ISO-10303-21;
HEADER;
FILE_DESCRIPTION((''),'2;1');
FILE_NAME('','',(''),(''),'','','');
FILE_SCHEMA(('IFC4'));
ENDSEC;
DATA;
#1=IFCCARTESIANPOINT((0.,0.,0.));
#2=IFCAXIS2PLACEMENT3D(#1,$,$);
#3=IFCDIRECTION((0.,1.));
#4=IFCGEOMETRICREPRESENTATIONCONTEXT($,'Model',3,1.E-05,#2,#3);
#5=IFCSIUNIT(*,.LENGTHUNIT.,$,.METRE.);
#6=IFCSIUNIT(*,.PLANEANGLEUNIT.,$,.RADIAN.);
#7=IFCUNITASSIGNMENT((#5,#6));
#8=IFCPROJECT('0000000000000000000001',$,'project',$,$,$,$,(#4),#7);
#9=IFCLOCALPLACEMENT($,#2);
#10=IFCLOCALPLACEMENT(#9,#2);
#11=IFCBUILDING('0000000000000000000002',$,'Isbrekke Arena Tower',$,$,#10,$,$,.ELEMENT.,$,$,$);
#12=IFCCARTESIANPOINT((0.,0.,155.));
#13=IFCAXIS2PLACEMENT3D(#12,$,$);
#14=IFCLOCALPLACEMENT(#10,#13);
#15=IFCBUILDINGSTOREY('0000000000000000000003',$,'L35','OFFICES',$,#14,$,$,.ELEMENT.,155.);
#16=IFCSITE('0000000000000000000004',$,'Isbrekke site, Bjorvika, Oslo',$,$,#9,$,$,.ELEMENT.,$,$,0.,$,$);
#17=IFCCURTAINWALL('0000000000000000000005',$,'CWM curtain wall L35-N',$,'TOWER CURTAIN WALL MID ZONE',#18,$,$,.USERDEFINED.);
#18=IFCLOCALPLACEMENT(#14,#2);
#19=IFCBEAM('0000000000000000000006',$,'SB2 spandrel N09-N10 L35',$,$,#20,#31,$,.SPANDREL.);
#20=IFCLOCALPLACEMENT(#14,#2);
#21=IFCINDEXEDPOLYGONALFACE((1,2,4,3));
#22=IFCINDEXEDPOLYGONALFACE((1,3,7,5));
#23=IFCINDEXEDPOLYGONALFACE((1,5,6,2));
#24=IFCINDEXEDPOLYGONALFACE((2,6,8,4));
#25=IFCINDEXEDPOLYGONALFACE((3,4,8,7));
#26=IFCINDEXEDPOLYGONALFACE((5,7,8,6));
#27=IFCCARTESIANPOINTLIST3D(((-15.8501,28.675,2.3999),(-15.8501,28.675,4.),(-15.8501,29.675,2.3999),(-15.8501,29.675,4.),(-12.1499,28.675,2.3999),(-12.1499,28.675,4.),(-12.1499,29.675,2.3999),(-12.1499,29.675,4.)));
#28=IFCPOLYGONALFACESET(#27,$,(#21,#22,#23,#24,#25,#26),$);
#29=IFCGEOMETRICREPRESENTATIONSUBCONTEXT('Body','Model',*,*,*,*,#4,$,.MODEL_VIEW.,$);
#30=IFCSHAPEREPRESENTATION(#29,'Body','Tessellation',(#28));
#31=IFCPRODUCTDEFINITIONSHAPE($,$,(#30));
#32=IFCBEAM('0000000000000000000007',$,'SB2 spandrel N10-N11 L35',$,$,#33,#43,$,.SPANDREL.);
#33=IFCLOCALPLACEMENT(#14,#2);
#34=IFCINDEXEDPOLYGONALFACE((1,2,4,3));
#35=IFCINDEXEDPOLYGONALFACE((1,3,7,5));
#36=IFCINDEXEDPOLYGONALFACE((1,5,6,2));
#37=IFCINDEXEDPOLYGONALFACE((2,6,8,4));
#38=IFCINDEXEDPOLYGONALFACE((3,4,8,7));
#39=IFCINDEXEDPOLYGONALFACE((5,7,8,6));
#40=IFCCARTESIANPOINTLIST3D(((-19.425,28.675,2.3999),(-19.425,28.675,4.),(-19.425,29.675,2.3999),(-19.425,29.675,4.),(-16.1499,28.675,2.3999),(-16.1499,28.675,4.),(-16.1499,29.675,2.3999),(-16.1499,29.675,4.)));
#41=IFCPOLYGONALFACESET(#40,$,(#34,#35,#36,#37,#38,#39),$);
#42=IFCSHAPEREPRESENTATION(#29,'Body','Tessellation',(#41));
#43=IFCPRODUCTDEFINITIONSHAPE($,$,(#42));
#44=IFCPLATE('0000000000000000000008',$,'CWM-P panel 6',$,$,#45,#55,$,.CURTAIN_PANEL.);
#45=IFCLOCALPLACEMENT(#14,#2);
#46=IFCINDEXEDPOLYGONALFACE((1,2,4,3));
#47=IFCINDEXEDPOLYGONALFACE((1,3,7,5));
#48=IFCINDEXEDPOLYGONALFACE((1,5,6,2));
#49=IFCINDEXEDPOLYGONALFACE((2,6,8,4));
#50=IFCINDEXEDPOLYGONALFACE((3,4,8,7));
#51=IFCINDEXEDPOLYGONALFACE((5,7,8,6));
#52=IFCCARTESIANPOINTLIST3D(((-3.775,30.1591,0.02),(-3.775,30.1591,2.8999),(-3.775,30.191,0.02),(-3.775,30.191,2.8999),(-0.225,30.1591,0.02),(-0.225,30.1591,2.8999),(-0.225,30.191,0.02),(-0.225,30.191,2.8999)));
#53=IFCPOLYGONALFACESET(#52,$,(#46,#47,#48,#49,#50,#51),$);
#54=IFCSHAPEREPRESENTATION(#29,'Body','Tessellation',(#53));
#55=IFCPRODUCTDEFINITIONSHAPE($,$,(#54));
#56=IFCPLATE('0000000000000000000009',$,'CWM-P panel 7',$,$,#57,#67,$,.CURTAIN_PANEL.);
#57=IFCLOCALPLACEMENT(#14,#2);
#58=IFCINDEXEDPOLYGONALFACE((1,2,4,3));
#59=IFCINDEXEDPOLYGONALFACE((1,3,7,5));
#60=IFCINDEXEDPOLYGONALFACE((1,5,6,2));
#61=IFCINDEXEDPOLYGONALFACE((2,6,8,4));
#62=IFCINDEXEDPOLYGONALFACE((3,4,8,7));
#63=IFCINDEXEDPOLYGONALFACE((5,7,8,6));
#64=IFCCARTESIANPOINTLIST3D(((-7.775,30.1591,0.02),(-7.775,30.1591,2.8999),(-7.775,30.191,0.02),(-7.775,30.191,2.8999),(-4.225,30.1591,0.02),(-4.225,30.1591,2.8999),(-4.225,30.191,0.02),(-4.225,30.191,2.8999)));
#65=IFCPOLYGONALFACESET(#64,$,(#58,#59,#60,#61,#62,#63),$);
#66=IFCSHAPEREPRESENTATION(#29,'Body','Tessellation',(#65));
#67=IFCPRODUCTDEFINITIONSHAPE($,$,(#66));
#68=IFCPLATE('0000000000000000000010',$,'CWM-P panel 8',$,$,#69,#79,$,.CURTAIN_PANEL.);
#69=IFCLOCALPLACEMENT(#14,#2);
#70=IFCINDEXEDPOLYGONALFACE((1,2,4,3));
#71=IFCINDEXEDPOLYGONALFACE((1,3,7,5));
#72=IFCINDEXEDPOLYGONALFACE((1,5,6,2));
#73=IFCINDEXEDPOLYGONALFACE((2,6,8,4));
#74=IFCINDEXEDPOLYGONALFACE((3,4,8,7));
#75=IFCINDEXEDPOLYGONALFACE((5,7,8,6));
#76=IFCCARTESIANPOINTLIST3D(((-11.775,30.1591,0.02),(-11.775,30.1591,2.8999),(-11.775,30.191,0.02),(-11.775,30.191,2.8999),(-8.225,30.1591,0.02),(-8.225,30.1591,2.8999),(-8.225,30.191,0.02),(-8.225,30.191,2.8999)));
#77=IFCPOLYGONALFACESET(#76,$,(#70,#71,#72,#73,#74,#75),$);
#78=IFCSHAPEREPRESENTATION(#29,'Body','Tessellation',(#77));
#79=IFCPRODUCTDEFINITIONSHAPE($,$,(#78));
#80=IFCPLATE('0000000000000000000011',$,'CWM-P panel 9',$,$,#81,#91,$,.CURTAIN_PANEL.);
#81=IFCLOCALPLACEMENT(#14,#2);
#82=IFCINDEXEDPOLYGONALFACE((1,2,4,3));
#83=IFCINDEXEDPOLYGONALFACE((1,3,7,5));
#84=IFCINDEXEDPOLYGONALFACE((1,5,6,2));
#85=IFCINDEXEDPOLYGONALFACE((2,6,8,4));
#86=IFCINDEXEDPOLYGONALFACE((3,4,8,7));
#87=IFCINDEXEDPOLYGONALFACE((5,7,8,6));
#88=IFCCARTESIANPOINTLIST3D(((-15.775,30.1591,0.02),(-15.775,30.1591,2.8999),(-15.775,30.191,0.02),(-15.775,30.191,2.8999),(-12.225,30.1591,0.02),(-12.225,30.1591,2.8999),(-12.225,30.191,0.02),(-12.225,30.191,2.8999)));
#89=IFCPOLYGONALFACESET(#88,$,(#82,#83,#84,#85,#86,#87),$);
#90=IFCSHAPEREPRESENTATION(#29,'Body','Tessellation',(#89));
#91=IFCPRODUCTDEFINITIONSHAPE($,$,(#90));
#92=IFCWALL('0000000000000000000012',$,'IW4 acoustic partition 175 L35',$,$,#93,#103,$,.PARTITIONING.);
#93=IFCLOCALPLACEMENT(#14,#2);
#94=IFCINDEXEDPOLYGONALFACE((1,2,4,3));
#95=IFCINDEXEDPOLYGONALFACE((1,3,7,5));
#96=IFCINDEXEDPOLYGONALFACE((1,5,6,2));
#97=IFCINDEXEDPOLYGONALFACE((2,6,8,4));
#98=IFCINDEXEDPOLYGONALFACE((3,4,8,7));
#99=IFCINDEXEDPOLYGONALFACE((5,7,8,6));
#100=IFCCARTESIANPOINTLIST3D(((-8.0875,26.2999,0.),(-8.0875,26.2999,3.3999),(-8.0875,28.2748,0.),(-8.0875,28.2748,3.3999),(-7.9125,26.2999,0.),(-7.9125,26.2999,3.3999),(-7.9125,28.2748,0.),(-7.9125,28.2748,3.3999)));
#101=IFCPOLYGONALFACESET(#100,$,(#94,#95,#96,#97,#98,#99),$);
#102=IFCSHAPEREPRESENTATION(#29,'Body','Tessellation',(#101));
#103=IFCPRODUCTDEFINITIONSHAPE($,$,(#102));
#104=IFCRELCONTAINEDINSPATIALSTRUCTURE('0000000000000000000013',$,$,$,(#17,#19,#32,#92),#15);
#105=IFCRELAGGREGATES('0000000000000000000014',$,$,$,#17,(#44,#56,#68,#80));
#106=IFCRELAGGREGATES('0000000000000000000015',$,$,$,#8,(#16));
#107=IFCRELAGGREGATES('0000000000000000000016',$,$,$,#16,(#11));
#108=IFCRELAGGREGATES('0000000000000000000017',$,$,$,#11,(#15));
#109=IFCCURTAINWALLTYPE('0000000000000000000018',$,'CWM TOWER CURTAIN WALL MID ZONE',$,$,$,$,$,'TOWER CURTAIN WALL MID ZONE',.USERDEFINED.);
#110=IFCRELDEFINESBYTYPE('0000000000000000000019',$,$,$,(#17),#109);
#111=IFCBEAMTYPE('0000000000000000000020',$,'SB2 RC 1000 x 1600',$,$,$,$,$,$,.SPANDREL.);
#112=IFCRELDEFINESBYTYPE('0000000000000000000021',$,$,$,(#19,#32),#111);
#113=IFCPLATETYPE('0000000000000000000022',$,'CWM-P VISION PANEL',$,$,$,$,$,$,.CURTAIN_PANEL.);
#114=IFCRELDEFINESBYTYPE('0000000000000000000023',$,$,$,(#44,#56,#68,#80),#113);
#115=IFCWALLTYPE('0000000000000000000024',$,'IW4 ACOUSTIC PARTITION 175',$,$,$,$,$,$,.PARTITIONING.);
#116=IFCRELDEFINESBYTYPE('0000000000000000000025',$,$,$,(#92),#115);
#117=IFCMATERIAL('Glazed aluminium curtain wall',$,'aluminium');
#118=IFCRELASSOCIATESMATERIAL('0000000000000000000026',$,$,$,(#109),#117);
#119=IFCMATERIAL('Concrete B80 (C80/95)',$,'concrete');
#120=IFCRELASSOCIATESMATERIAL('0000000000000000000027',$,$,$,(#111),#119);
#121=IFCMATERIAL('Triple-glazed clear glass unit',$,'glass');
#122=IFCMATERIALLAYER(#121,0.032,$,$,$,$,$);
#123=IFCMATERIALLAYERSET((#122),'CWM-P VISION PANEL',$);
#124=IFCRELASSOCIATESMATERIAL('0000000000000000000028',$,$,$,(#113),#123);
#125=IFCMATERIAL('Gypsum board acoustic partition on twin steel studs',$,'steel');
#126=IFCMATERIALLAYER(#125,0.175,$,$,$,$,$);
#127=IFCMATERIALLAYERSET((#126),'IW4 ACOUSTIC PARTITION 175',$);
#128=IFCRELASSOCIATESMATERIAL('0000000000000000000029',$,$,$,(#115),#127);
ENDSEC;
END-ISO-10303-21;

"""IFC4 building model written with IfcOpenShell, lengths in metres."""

from ifc_helpers import new_model, si_unit, direction, frame, frame_2d, origin, origin_2d, place, context, subcontext, project, spatial, rectangle, extrude, material, layer, layer_set, material_profile, profile_set, type_object, element, aggregate, save


model = new_model("IFC4")

# Units and contexts
model_context = context("Model", 3, precision=1e-05, world=origin(), true_north=direction((0.0, 1.0)))
body_context = subcontext(model_context, "Body", "Model", "MODEL_VIEW")
ifc_project = project(units=[si_unit("LENGTHUNIT", "METRE"), si_unit("PLANEANGLEUNIT", "RADIAN")], contexts=[model_context])

# Site, building, storey
site_placement = place(None, origin())
site = spatial("IfcSite", under=ifc_project, at=site_placement, Name="Isbrekke site, Bjorvika, Oslo", CompositionType="ELEMENT", RefElevation=0.0)
building_placement = place(site_placement, origin())
building = spatial("IfcBuilding", under=site, at=building_placement, Name="Isbrekke Arena Tower", CompositionType="ELEMENT")
storey_placement = place(building_placement, frame((0.0, 0.0, 155.0)))
storey = spatial("IfcBuildingStorey", under=building, at=storey_placement, Name="L35", Description="OFFICES", CompositionType="ELEMENT", Elevation=155.0)

# Curtain wall
ifc_material_1 = material(Name="Glazed aluminium curtain wall", Category="aluminium")
curtain_wall_type = type_object("IfcCurtainWallType", Name="CWM TOWER CURTAIN WALL MID ZONE", ElementType="TOWER CURTAIN WALL MID ZONE", PredefinedType="USERDEFINED", material=ifc_material_1)
curtain_wall_placement = place(storey_placement, origin())
curtain_wall = element("IfcCurtainWall", 1, at=curtain_wall_placement, inside=storey, type_object=curtain_wall_type, Name="CWM curtain wall L35-N", ObjectType="TOWER CURTAIN WALL MID ZONE", PredefinedType="USERDEFINED")

# Beams
ifc_material_2 = material(Name="Concrete B80 (C80/95)", Category="concrete")
ifc_material_profile_1 = material_profile(ifc_material_2, rectangle(XDim=1.0, YDim=1.6001, at=origin_2d()), Name="RC 1000x1600")
ifc_profile_set_1 = profile_set([ifc_material_profile_1], Name="Concrete B80 (C80/95)")
beam_type_1 = type_object("IfcBeamType", Name="SB2 RC 1000 x 1600", PredefinedType="SPANDREL", material=ifc_profile_set_1)
for number, where, z_axis, x_axis, name in (
    (2, (-12.1499, 29.175, 3.2), (-1.0, 0.0, 0.0), (0.0, -1.0, 0.0), "SB2 spandrel N09-N10 L35"),
):
    element("IfcBeam", number, at=place(storey_placement, frame(where, z_axis=z_axis, x_axis=x_axis)), inside=storey, type_object=beam_type_1, Name=name, PredefinedType="SPANDREL", context=body_context, shape_type="SweptSolid", body=[
        extrude(rectangle(XDim=1.0, YDim=1.6001, at=origin_2d()), origin(), (0.0, 0.0, 1.0), 3.7002),
    ])
beam_1_placement = place(storey_placement, frame((-16.1499, 29.175, 3.2), z_axis=(-1.0, 0.0, 0.0), x_axis=(0.0, -1.0, 0.0)))
element("IfcBeam", 3, at=beam_1_placement, inside=storey, type_object=beam_type_1, Name="SB2 spandrel N10-N11 L35", PredefinedType="SPANDREL", context=body_context, shape_type="SweptSolid", body=[
    extrude(rectangle(XDim=1.0, YDim=1.6001, at=origin_2d()), origin(), (0.0, 0.0, 1.0), 3.2751),
])

# Plates
ifc_material_3 = material(Name="Triple-glazed clear glass unit", Category="glass")
ifc_layer_1 = layer(ifc_material_3, 0.032)
ifc_layer_set_1 = layer_set([ifc_layer_1], Name="CWM-P VISION PANEL")
plate_type = type_object("IfcPlateType", Name="CWM-P VISION PANEL", PredefinedType="CURTAIN_PANEL", material=ifc_layer_set_1)
plate_1_placement = place(storey_placement, frame((-2.0, 30.175, 0.02), z_axis=(0.0, 0.0, 1.0), x_axis=(-1.0, 0.0, 0.0)))
plate_1 = element("IfcPlate", 4, at=plate_1_placement, type_object=plate_type, Name="CWM-P panel 6", PredefinedType="CURTAIN_PANEL", context=body_context, shape_type="SweptSolid", body=[
    extrude(rectangle(XDim=3.55, YDim=0.032, at=origin_2d()), origin(), (0.0, 0.0, 1.0), 2.8799),
])
plate_2_placement = place(storey_placement, frame((-6.0, 30.175, 0.02), z_axis=(0.0, 0.0, 1.0), x_axis=(-1.0, 0.0, 0.0)))
plate_2 = element("IfcPlate", 5, at=plate_2_placement, type_object=plate_type, Name="CWM-P panel 7", PredefinedType="CURTAIN_PANEL", context=body_context, shape_type="SweptSolid", body=[
    extrude(rectangle(XDim=3.55, YDim=0.032, at=origin_2d()), origin(), (0.0, 0.0, 1.0), 2.8799),
])
plate_3_placement = place(storey_placement, frame((-10.0, 30.175, 0.02), z_axis=(0.0, 0.0, 1.0), x_axis=(-1.0, 0.0, 0.0)))
plate_3 = element("IfcPlate", 6, at=plate_3_placement, type_object=plate_type, Name="CWM-P panel 8", PredefinedType="CURTAIN_PANEL", context=body_context, shape_type="SweptSolid", body=[
    extrude(rectangle(XDim=3.55, YDim=0.032, at=origin_2d()), origin(), (0.0, 0.0, 1.0), 2.8799),
])
plate_4_placement = place(storey_placement, frame((-14.0, 30.175, 0.02), z_axis=(0.0, 0.0, 1.0), x_axis=(-1.0, 0.0, 0.0)))
plate_4 = element("IfcPlate", 7, at=plate_4_placement, type_object=plate_type, Name="CWM-P panel 9", PredefinedType="CURTAIN_PANEL", context=body_context, shape_type="SweptSolid", body=[
    extrude(rectangle(XDim=3.55, YDim=0.032, at=origin_2d()), origin(), (0.0, 0.0, 1.0), 2.8799),
])
aggregate(curtain_wall, [plate_1, plate_2, plate_3, plate_4])

# Wall
ifc_material_4 = material(Name="Gypsum board acoustic partition on twin steel studs", Category="steel")
ifc_layer_2 = layer(ifc_material_4, 0.175)
ifc_layer_set_2 = layer_set([ifc_layer_2], Name="IW4 ACOUSTIC PARTITION 175")
wall_type = type_object("IfcWallType", Name="IW4 ACOUSTIC PARTITION 175", PredefinedType="PARTITIONING", material=ifc_layer_set_2)
wall_placement = place(storey_placement, frame((-8.0, 26.3, 0.0), z_axis=(0.0, 0.0, 1.0), x_axis=(0.0, 1.0, 0.0)))
element("IfcWall", 8, at=wall_placement, inside=storey, type_object=wall_type, Name="IW4 acoustic partition 175 L35", PredefinedType="PARTITIONING", context=body_context, shape_type="SweptSolid", body=[
    extrude(rectangle(XDim=1.9749, YDim=0.175, at=frame_2d((0.9873, 0.0))), origin(), (0.0, 0.0, 1.0), 3.3999),
])

save(model, "model.ifc")
